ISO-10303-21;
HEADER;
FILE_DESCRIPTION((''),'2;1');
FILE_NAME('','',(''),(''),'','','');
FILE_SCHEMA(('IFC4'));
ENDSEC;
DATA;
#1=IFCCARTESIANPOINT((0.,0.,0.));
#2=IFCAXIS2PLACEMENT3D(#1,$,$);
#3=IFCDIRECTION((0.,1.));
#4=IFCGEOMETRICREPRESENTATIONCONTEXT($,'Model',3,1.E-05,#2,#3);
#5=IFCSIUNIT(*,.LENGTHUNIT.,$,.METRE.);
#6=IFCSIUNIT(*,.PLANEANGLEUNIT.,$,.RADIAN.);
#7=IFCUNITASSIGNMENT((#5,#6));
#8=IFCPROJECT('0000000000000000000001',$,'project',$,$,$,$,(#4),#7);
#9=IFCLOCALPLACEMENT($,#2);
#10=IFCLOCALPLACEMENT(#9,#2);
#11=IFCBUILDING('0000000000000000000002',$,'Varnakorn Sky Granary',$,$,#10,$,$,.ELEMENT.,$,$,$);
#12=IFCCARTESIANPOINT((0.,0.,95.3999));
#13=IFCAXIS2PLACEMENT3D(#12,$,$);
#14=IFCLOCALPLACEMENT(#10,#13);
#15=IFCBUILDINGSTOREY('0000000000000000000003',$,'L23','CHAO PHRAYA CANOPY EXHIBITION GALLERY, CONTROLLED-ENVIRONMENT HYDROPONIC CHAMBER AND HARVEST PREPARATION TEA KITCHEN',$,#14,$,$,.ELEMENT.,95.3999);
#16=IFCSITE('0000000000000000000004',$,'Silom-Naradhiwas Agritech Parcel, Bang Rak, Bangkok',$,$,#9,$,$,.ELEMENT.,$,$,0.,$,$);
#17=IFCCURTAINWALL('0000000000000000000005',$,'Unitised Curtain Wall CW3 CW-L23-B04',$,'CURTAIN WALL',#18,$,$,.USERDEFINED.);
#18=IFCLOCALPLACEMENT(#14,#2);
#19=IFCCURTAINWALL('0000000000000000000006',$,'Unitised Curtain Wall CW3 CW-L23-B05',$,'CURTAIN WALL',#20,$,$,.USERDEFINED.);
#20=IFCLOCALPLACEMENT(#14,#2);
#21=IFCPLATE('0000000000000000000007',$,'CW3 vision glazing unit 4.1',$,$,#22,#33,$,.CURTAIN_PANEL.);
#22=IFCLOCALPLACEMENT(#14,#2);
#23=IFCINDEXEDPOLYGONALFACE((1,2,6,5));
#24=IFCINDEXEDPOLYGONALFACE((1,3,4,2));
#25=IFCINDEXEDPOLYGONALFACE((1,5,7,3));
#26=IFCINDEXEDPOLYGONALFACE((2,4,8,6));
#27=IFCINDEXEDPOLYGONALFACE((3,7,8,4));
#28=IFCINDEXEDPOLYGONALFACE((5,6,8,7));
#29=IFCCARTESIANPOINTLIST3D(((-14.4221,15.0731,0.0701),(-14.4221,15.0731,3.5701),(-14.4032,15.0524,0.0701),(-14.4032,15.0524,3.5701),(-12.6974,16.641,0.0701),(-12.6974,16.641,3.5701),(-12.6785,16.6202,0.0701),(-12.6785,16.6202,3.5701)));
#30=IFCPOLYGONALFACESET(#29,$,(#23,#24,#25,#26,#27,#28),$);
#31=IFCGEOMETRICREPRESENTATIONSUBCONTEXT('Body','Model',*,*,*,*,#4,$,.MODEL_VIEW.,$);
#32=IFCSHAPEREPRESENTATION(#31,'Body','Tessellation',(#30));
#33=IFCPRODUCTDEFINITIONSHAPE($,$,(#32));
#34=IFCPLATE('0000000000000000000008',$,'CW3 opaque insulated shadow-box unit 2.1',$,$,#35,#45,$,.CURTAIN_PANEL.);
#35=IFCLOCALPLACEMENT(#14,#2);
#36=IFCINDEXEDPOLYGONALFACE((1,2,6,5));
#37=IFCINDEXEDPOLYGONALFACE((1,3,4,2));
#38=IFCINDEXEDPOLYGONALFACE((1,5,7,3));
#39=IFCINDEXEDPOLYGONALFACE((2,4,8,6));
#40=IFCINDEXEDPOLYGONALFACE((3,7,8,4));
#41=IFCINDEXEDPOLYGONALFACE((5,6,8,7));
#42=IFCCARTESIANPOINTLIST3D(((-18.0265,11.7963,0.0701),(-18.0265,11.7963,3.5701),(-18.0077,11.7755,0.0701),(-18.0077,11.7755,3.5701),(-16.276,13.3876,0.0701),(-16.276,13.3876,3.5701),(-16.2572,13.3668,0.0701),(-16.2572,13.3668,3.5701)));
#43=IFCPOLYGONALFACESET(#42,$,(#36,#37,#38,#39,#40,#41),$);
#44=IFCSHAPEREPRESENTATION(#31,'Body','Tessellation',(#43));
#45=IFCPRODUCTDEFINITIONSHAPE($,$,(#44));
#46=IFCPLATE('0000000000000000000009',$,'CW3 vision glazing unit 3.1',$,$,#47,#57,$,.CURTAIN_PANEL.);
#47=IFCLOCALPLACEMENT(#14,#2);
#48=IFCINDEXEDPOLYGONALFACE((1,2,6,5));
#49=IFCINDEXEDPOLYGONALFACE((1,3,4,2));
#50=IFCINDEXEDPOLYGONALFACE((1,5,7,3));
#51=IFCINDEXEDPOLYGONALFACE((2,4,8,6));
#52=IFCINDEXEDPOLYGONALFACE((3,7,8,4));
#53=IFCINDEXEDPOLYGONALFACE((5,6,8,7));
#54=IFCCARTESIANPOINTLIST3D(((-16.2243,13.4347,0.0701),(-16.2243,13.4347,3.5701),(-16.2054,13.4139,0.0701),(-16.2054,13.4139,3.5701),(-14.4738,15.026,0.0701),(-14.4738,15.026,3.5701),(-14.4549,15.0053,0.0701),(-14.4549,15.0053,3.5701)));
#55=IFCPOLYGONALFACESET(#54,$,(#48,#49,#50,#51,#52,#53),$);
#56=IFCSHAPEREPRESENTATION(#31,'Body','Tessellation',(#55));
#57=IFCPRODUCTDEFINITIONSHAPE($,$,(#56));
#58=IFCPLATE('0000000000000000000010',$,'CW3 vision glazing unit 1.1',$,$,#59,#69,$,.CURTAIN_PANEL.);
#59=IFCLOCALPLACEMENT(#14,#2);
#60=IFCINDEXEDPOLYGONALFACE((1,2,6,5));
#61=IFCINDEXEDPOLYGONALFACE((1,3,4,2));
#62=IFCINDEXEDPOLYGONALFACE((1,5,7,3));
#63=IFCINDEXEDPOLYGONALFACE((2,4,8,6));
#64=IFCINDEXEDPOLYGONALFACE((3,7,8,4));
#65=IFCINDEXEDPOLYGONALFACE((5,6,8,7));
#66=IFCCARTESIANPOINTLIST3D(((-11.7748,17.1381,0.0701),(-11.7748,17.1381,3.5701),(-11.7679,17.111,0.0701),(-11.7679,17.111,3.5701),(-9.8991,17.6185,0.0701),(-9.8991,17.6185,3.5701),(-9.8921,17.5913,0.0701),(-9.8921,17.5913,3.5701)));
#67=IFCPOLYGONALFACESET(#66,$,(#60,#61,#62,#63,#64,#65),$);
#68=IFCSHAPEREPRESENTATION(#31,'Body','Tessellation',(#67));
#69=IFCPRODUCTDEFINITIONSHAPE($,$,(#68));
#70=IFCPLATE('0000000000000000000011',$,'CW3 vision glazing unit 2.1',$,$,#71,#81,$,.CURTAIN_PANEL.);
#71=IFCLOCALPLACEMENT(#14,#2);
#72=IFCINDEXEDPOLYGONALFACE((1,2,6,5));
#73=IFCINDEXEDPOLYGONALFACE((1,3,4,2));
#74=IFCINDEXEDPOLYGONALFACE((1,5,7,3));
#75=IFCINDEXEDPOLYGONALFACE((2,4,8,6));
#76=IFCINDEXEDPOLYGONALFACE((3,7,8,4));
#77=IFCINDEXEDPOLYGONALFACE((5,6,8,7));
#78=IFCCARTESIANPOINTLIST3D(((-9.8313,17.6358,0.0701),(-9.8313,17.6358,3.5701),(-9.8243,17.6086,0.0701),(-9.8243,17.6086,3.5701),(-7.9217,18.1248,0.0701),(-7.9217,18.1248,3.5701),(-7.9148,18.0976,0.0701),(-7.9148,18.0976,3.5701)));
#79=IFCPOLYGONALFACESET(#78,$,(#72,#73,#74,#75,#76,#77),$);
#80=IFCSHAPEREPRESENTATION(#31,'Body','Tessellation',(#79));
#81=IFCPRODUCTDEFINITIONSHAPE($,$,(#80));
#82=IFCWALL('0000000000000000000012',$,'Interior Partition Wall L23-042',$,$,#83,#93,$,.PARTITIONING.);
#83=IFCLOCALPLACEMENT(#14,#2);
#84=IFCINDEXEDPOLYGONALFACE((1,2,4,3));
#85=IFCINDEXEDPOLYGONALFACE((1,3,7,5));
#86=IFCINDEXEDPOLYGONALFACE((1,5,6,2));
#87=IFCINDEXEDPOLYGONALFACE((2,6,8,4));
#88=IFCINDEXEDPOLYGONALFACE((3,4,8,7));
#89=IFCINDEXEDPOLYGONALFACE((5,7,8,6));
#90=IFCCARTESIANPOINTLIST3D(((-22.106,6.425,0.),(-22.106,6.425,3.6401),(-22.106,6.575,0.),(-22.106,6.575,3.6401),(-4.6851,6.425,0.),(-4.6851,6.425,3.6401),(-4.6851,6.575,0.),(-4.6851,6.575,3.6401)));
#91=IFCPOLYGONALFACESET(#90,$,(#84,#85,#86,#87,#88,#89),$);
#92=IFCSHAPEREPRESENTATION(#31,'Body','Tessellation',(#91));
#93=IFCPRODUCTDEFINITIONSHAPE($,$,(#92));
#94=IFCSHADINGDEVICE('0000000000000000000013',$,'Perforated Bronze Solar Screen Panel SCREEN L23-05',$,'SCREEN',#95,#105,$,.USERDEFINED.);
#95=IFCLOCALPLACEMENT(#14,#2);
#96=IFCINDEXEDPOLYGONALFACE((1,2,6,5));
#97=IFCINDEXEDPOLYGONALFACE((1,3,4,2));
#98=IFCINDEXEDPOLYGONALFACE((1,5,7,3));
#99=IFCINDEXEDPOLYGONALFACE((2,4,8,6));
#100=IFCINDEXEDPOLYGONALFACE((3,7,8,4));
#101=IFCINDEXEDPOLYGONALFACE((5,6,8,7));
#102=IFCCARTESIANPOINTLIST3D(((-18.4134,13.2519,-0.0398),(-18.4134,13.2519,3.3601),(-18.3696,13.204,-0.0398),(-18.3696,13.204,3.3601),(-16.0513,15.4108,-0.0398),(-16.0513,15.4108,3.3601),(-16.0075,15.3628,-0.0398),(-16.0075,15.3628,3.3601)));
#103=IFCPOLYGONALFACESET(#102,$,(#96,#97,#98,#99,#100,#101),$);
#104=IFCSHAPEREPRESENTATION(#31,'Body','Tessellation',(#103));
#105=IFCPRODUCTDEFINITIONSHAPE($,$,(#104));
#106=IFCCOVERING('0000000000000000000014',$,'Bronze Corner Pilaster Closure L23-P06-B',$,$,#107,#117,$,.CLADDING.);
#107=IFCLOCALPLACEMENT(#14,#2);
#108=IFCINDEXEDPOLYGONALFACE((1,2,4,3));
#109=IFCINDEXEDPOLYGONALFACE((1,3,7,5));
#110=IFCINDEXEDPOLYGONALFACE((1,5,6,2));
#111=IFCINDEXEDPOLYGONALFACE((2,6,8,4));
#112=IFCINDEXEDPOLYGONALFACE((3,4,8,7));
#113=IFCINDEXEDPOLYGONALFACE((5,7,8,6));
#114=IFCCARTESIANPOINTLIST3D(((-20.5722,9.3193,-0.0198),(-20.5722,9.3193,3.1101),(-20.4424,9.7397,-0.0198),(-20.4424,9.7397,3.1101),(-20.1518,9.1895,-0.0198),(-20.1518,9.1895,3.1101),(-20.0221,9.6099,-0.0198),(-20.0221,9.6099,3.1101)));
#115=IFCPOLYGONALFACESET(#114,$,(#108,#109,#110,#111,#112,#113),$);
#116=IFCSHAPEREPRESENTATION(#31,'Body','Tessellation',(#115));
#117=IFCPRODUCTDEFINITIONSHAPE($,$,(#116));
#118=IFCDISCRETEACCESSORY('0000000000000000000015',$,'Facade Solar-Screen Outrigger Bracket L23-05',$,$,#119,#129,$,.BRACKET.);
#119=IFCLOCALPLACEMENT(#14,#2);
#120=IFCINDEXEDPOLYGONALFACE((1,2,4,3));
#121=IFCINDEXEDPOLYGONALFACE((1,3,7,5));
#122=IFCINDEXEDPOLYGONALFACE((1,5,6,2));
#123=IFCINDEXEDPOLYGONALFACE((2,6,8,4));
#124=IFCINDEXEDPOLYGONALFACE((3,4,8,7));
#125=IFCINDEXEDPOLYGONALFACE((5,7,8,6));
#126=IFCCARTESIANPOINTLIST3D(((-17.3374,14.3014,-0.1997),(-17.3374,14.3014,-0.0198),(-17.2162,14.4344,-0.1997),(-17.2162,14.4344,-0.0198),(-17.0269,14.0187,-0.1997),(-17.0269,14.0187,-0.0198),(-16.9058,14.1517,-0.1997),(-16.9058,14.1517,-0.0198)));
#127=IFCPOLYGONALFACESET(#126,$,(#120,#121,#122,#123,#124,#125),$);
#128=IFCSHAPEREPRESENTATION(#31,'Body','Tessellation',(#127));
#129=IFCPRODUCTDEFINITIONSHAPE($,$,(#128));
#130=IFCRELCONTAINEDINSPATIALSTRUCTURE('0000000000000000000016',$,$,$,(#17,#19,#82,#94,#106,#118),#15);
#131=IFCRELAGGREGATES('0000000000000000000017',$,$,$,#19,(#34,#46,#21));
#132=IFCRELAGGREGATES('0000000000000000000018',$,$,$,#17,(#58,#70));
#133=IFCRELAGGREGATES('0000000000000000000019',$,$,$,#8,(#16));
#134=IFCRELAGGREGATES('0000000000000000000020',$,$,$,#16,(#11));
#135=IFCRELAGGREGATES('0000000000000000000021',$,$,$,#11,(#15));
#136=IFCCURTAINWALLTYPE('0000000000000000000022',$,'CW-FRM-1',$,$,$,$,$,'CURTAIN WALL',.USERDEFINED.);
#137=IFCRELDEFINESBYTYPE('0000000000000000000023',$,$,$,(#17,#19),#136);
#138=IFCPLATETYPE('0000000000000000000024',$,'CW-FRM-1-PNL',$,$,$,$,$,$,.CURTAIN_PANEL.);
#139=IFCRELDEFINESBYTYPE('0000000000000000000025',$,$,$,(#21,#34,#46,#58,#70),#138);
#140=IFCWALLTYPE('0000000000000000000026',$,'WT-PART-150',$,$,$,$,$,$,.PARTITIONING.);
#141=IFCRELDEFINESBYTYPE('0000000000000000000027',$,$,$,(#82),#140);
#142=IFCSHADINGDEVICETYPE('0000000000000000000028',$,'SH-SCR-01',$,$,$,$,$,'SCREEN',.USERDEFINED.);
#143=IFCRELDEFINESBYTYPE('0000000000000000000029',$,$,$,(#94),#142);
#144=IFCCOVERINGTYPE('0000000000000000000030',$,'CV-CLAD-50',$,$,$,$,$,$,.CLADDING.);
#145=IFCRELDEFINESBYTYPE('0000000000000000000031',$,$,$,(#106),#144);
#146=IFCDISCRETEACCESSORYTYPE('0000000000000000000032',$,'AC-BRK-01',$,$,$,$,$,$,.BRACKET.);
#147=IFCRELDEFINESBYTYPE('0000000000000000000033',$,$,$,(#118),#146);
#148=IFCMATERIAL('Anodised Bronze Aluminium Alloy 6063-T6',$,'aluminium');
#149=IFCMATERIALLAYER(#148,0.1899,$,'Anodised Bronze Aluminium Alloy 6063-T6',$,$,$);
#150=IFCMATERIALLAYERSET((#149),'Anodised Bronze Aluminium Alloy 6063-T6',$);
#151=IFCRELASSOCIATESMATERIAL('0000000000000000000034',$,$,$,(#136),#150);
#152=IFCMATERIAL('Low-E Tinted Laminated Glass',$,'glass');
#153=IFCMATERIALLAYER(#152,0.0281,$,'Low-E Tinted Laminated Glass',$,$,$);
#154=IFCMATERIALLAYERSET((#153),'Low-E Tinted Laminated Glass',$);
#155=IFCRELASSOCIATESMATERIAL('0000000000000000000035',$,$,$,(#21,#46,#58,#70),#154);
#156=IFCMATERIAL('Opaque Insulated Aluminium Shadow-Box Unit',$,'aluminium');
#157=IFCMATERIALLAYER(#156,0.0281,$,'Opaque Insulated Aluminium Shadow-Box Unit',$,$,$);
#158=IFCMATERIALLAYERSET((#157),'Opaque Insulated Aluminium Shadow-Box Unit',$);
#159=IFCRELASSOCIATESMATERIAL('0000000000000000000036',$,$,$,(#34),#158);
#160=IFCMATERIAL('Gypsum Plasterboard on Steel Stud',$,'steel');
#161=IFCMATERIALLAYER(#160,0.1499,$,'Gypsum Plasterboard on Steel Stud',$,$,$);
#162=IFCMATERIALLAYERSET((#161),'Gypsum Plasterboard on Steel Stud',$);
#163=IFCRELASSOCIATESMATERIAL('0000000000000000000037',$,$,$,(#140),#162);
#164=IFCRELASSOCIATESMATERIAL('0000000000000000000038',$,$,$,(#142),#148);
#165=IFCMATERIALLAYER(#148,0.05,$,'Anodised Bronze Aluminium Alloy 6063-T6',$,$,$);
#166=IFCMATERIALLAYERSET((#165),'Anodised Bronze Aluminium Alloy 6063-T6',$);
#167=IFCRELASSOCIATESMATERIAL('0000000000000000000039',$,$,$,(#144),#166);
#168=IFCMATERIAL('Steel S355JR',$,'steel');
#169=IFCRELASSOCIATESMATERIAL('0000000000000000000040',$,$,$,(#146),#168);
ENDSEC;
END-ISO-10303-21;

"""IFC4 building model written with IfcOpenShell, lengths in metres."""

from ifc_helpers import new_model, si_unit, direction, frame, frame_2d, origin, origin_2d, place, context, subcontext, project, spatial, rectangle, extrude, source, transform, mapped, material, layer, layer_set, type_object, type_shapes, element, aggregate, save


model = new_model("IFC4")

# Units and contexts
model_context = context("Model", 3, precision=1e-05, world=origin(), true_north=direction((0.0, 1.0)))
body_context = subcontext(model_context, "Body", "Model", "MODEL_VIEW")
ifc_project = project(units=[si_unit("LENGTHUNIT", "METRE"), si_unit("PLANEANGLEUNIT", "RADIAN")], contexts=[model_context])

# Site, building, storey
site_placement = place(None, origin())
site = spatial("IfcSite", under=ifc_project, at=site_placement, Name="Silom-Naradhiwas Agritech Parcel, Bang Rak, Bangkok", CompositionType="ELEMENT", RefElevation=0.0)
building_placement = place(site_placement, origin())
building = spatial("IfcBuilding", under=site, at=building_placement, Name="Varnakorn Sky Granary", CompositionType="ELEMENT")
storey_placement = place(building_placement, frame((0.0, 0.0, 95.3999)))
storey = spatial("IfcBuildingStorey", under=building, at=storey_placement, Name="L23", Description="CHAO PHRAYA CANOPY EXHIBITION GALLERY, CONTROLLED-ENVIRONMENT HYDROPONIC CHAMBER AND HARVEST PREPARATION TEA KITCHEN", CompositionType="ELEMENT", Elevation=95.3999)

# Shared definitions
ifc_material_1 = material(Name="Steel S355JR", Category="steel")

# Curtain walls
ifc_material_2 = material(Name="Anodised Bronze Aluminium Alloy 6063-T6", Category="aluminium")
ifc_layer_1 = layer(ifc_material_2, 0.1899, Name="Anodised Bronze Aluminium Alloy 6063-T6")
ifc_layer_set_1 = layer_set([ifc_layer_1], Name="Anodised Bronze Aluminium Alloy 6063-T6")
curtain_wall_type = type_object("IfcCurtainWallType", Name="CW-FRM-1", ElementType="CURTAIN WALL", PredefinedType="USERDEFINED", material=ifc_layer_set_1)
curtain_wall_1_placement = place(storey_placement, origin())
curtain_wall_1 = element("IfcCurtainWall", 1, at=curtain_wall_1_placement, inside=storey, type_object=curtain_wall_type, Name="Unitised Curtain Wall CW3 CW-L23-B04", ObjectType="CURTAIN WALL", PredefinedType="USERDEFINED")
curtain_wall_2_placement = place(storey_placement, origin())
curtain_wall_2 = element("IfcCurtainWall", 2, at=curtain_wall_2_placement, inside=storey, type_object=curtain_wall_type, Name="Unitised Curtain Wall CW3 CW-L23-B05", ObjectType="CURTAIN WALL", PredefinedType="USERDEFINED")

# Plates
ifc_material_3 = material(Name="Opaque Insulated Aluminium Shadow-Box Unit", Category="aluminium")
ifc_layer_2 = layer(ifc_material_3, 0.0281, Name="Opaque Insulated Aluminium Shadow-Box Unit")
ifc_layer_set_2 = layer_set([ifc_layer_2], Name="Opaque Insulated Aluminium Shadow-Box Unit")
plate_type = type_object("IfcPlateType", Name="CW-FRM-1-PNL", PredefinedType="CURTAIN_PANEL")
shared_shape_1 = source(origin(), body_context, "Body", "SweptSolid", [
    extrude(rectangle(XDim=2.3308, YDim=0.0281, at=origin_2d()), origin(), (0.0, 0.0, 1.0), 3.5),
])
ifc_material_4 = material(Name="Low-E Tinted Laminated Glass", Category="glass")
ifc_layer_3 = layer(ifc_material_4, 0.0281, Name="Low-E Tinted Laminated Glass")
ifc_layer_set_3 = layer_set([ifc_layer_3], Name="Low-E Tinted Laminated Glass")
plate_1_placement = place(storey_placement, frame((-13.5503, 15.8467, 0.0701), z_axis=(0.0, 0.0, 1.0), x_axis=(0.739941, 0.672672, 0.0)))
plate_1 = element("IfcPlate", 3, at=plate_1_placement, type_object=plate_type, material=ifc_layer_set_3, Name="CW3 vision glazing unit 4.1", PredefinedType="CURTAIN_PANEL", context=body_context, shape_type="MappedRepresentation", body=[
    mapped(shared_shape_1, transform((0.0, 0.0, 0.0), x_axis=(1.0, 0.0, 0.0), y_axis=(0.0, 1.0, 0.0), z_axis=(0.0, 0.0, 1.0), scale=1.0)),
])
shared_shape_2 = source(origin(), body_context, "Body", "SweptSolid", [
    extrude(rectangle(XDim=2.3657, YDim=0.0281, at=origin_2d()), origin(), (0.0, 0.0, 1.0), 3.5),
])
plate_2_placement = place(storey_placement, frame((-17.1418, 12.5815, 0.0701), z_axis=(0.0, 0.0, 1.0), x_axis=(0.739941, 0.672672, 0.0)))
plate_2 = element("IfcPlate", 4, at=plate_2_placement, type_object=plate_type, material=ifc_layer_set_2, Name="CW3 opaque insulated shadow-box unit 2.1", PredefinedType="CURTAIN_PANEL", context=body_context, shape_type="MappedRepresentation", body=[
    mapped(shared_shape_2, transform((0.0, 0.0, 0.0), x_axis=(1.0, 0.0, 0.0), y_axis=(0.0, 1.0, 0.0), z_axis=(0.0, 0.0, 1.0), scale=1.0)),
])
plate_3_placement = place(storey_placement, frame((-15.3396, 14.22, 0.0701), z_axis=(0.0, 0.0, 1.0), x_axis=(0.739941, 0.672672, 0.0)))
plate_3 = element("IfcPlate", 5, at=plate_3_placement, type_object=plate_type, material=ifc_layer_set_3, Name="CW3 vision glazing unit 3.1", PredefinedType="CURTAIN_PANEL", context=body_context, shape_type="MappedRepresentation", body=[
    mapped(shared_shape_2, transform((0.0, 0.0, 0.0), x_axis=(1.0, 0.0, 0.0), y_axis=(0.0, 1.0, 0.0), z_axis=(0.0, 0.0, 1.0), scale=1.0)),
])
aggregate(curtain_wall_2, [plate_2, plate_3, plate_1])
shared_shape_3 = source(origin(), body_context, "Body", "SweptSolid", [
    extrude(rectangle(XDim=1.9363, YDim=0.0281, at=origin_2d()), origin(), (0.0, 0.0, 1.0), 3.5),
])
plate_4_placement = place(storey_placement, frame((-10.8335, 17.3647, 0.0701), z_axis=(0.0, 0.0, 1.0), x_axis=(0.968734, 0.248101, 0.0)))
plate_4 = element("IfcPlate", 6, at=plate_4_placement, type_object=plate_type, material=ifc_layer_set_3, Name="CW3 vision glazing unit 1.1", PredefinedType="CURTAIN_PANEL", context=body_context, shape_type="MappedRepresentation", body=[
    mapped(shared_shape_3, transform((0.0, 0.0, 0.0), x_axis=(1.0, 0.0, 0.0), y_axis=(0.0, 1.0, 0.0), z_axis=(0.0, 0.0, 1.0), scale=1.0)),
])
shared_shape_4 = source(origin(), body_context, "Body", "SweptSolid", [
    extrude(rectangle(XDim=1.9712, YDim=0.0281, at=origin_2d()), origin(), (0.0, 0.0, 1.0), 3.5),
])
type_shapes(plate_type, [shared_shape_1, shared_shape_2, shared_shape_3, shared_shape_4])
plate_5_placement = place(storey_placement, frame((-8.873, 17.8667, 0.0701), z_axis=(0.0, 0.0, 1.0), x_axis=(0.968734, 0.248101, 0.0)))
plate_5 = element("IfcPlate", 7, at=plate_5_placement, type_object=plate_type, material=ifc_layer_set_3, Name="CW3 vision glazing unit 2.1", PredefinedType="CURTAIN_PANEL", context=body_context, shape_type="MappedRepresentation", body=[
    mapped(shared_shape_4, transform((0.0, 0.0, 0.0), x_axis=(1.0, 0.0, 0.0), y_axis=(0.0, 1.0, 0.0), z_axis=(0.0, 0.0, 1.0), scale=1.0)),
])
aggregate(curtain_wall_1, [plate_4, plate_5])

# Wall
ifc_material_5 = material(Name="Gypsum Plasterboard on Steel Stud", Category="steel")
ifc_layer_4 = layer(ifc_material_5, 0.1499, Name="Gypsum Plasterboard on Steel Stud")
ifc_layer_set_4 = layer_set([ifc_layer_4], Name="Gypsum Plasterboard on Steel Stud")
wall_type = type_object("IfcWallType", Name="WT-PART-150", PredefinedType="PARTITIONING", material=ifc_layer_set_4)
wall_placement = place(storey_placement, frame((-22.106, 6.5, 0.0), z_axis=(0.0, 0.0, 1.0), x_axis=(1.0, 0.0, 0.0)))
element("IfcWall", 8, at=wall_placement, inside=storey, type_object=wall_type, Name="Interior Partition Wall L23-042", PredefinedType="PARTITIONING", context=body_context, shape_type="SweptSolid", body=[
    extrude(rectangle(XDim=17.4209, YDim=0.1499, at=frame_2d((8.7104, 0.0))), origin(), (0.0, 0.0, 1.0), 3.6401),
])

# Shading device
shading_device_type = type_object("IfcShadingDeviceType", Name="SH-SCR-01", ElementType="SCREEN", PredefinedType="USERDEFINED", material=ifc_material_2)
shared_shape_5 = source(origin(), body_context, "Body", "SweptSolid", [
    extrude(rectangle(XDim=3.2, YDim=0.0649, at=origin_2d()), origin(), (0.0, 0.0, 1.0), 3.3999),
])
type_shapes(shading_device_type, [shared_shape_5])
shading_device_placement = place(storey_placement, frame((-17.2104, 14.3074, -0.0398), z_axis=(0.0, 0.0, 1.0), x_axis=(-0.738146, -0.674641, 0.0)))
element("IfcShadingDevice", 9, at=shading_device_placement, inside=storey, type_object=shading_device_type, Name="Perforated Bronze Solar Screen Panel SCREEN L23-05", ObjectType="SCREEN", PredefinedType="USERDEFINED", context=body_context, shape_type="MappedRepresentation", body=[
    mapped(shared_shape_5, transform((0.0, 0.0, 0.0), x_axis=(1.0, 0.0, 0.0), y_axis=(0.0, 1.0, 0.0), z_axis=(0.0, 0.0, 1.0), scale=1.0)),
])

# Covering
ifc_layer_5 = layer(ifc_material_2, 0.05, Name="Anodised Bronze Aluminium Alloy 6063-T6")
ifc_layer_set_5 = layer_set([ifc_layer_5], Name="Anodised Bronze Aluminium Alloy 6063-T6")
covering_type = type_object("IfcCoveringType", Name="CV-CLAD-50", PredefinedType="CLADDING", material=ifc_layer_set_5)
shared_shape_6 = source(origin(), body_context, "Body", "SweptSolid", [
    extrude(rectangle(XDim=0.4399, YDim=0.4399, at=origin_2d()), origin(), (0.0, 0.0, 1.0), 3.1299),
])
type_shapes(covering_type, [shared_shape_6])
covering_placement = place(storey_placement, frame((-20.2971, 9.4646, -0.0198), z_axis=(0.0, 0.0, 1.0), x_axis=(0.294874, 0.955536, 0.0)))
element("IfcCovering", 10, at=covering_placement, inside=storey, type_object=covering_type, Name="Bronze Corner Pilaster Closure L23-P06-B", PredefinedType="CLADDING", context=body_context, shape_type="MappedRepresentation", body=[
    mapped(shared_shape_6, transform((0.0, 0.0, 0.0), x_axis=(1.0, 0.0, 0.0), y_axis=(0.0, 1.0, 0.0), z_axis=(0.0, 0.0, 1.0), scale=1.0)),
])

# Discrete accessory
discrete_accessory_type = type_object("IfcDiscreteAccessoryType", Name="AC-BRK-01", PredefinedType="BRACKET", material=ifc_material_1)
shared_shape_7 = source(origin(), body_context, "Body", "SweptSolid", [
    extrude(rectangle(XDim=0.1799, YDim=0.4199, at=origin_2d()), origin(), (0.0, 0.0, 1.0), 0.1799),
])
type_shapes(discrete_accessory_type, [shared_shape_7])
discrete_accessory_placement = place(storey_placement, frame((-17.1216, 14.2266, -0.1997), z_axis=(0.0, 0.0, 1.0), x_axis=(-0.673319, -0.739352, 0.0)))
element("IfcDiscreteAccessory", 11, at=discrete_accessory_placement, inside=storey, type_object=discrete_accessory_type, Name="Facade Solar-Screen Outrigger Bracket L23-05", PredefinedType="BRACKET", context=body_context, shape_type="MappedRepresentation", body=[
    mapped(shared_shape_7, transform((0.0, 0.0, 0.0), x_axis=(1.0, 0.0, 0.0), y_axis=(0.0, 1.0, 0.0), z_axis=(0.0, 0.0, 1.0), scale=1.0)),
])

save(model, "model.ifc")
